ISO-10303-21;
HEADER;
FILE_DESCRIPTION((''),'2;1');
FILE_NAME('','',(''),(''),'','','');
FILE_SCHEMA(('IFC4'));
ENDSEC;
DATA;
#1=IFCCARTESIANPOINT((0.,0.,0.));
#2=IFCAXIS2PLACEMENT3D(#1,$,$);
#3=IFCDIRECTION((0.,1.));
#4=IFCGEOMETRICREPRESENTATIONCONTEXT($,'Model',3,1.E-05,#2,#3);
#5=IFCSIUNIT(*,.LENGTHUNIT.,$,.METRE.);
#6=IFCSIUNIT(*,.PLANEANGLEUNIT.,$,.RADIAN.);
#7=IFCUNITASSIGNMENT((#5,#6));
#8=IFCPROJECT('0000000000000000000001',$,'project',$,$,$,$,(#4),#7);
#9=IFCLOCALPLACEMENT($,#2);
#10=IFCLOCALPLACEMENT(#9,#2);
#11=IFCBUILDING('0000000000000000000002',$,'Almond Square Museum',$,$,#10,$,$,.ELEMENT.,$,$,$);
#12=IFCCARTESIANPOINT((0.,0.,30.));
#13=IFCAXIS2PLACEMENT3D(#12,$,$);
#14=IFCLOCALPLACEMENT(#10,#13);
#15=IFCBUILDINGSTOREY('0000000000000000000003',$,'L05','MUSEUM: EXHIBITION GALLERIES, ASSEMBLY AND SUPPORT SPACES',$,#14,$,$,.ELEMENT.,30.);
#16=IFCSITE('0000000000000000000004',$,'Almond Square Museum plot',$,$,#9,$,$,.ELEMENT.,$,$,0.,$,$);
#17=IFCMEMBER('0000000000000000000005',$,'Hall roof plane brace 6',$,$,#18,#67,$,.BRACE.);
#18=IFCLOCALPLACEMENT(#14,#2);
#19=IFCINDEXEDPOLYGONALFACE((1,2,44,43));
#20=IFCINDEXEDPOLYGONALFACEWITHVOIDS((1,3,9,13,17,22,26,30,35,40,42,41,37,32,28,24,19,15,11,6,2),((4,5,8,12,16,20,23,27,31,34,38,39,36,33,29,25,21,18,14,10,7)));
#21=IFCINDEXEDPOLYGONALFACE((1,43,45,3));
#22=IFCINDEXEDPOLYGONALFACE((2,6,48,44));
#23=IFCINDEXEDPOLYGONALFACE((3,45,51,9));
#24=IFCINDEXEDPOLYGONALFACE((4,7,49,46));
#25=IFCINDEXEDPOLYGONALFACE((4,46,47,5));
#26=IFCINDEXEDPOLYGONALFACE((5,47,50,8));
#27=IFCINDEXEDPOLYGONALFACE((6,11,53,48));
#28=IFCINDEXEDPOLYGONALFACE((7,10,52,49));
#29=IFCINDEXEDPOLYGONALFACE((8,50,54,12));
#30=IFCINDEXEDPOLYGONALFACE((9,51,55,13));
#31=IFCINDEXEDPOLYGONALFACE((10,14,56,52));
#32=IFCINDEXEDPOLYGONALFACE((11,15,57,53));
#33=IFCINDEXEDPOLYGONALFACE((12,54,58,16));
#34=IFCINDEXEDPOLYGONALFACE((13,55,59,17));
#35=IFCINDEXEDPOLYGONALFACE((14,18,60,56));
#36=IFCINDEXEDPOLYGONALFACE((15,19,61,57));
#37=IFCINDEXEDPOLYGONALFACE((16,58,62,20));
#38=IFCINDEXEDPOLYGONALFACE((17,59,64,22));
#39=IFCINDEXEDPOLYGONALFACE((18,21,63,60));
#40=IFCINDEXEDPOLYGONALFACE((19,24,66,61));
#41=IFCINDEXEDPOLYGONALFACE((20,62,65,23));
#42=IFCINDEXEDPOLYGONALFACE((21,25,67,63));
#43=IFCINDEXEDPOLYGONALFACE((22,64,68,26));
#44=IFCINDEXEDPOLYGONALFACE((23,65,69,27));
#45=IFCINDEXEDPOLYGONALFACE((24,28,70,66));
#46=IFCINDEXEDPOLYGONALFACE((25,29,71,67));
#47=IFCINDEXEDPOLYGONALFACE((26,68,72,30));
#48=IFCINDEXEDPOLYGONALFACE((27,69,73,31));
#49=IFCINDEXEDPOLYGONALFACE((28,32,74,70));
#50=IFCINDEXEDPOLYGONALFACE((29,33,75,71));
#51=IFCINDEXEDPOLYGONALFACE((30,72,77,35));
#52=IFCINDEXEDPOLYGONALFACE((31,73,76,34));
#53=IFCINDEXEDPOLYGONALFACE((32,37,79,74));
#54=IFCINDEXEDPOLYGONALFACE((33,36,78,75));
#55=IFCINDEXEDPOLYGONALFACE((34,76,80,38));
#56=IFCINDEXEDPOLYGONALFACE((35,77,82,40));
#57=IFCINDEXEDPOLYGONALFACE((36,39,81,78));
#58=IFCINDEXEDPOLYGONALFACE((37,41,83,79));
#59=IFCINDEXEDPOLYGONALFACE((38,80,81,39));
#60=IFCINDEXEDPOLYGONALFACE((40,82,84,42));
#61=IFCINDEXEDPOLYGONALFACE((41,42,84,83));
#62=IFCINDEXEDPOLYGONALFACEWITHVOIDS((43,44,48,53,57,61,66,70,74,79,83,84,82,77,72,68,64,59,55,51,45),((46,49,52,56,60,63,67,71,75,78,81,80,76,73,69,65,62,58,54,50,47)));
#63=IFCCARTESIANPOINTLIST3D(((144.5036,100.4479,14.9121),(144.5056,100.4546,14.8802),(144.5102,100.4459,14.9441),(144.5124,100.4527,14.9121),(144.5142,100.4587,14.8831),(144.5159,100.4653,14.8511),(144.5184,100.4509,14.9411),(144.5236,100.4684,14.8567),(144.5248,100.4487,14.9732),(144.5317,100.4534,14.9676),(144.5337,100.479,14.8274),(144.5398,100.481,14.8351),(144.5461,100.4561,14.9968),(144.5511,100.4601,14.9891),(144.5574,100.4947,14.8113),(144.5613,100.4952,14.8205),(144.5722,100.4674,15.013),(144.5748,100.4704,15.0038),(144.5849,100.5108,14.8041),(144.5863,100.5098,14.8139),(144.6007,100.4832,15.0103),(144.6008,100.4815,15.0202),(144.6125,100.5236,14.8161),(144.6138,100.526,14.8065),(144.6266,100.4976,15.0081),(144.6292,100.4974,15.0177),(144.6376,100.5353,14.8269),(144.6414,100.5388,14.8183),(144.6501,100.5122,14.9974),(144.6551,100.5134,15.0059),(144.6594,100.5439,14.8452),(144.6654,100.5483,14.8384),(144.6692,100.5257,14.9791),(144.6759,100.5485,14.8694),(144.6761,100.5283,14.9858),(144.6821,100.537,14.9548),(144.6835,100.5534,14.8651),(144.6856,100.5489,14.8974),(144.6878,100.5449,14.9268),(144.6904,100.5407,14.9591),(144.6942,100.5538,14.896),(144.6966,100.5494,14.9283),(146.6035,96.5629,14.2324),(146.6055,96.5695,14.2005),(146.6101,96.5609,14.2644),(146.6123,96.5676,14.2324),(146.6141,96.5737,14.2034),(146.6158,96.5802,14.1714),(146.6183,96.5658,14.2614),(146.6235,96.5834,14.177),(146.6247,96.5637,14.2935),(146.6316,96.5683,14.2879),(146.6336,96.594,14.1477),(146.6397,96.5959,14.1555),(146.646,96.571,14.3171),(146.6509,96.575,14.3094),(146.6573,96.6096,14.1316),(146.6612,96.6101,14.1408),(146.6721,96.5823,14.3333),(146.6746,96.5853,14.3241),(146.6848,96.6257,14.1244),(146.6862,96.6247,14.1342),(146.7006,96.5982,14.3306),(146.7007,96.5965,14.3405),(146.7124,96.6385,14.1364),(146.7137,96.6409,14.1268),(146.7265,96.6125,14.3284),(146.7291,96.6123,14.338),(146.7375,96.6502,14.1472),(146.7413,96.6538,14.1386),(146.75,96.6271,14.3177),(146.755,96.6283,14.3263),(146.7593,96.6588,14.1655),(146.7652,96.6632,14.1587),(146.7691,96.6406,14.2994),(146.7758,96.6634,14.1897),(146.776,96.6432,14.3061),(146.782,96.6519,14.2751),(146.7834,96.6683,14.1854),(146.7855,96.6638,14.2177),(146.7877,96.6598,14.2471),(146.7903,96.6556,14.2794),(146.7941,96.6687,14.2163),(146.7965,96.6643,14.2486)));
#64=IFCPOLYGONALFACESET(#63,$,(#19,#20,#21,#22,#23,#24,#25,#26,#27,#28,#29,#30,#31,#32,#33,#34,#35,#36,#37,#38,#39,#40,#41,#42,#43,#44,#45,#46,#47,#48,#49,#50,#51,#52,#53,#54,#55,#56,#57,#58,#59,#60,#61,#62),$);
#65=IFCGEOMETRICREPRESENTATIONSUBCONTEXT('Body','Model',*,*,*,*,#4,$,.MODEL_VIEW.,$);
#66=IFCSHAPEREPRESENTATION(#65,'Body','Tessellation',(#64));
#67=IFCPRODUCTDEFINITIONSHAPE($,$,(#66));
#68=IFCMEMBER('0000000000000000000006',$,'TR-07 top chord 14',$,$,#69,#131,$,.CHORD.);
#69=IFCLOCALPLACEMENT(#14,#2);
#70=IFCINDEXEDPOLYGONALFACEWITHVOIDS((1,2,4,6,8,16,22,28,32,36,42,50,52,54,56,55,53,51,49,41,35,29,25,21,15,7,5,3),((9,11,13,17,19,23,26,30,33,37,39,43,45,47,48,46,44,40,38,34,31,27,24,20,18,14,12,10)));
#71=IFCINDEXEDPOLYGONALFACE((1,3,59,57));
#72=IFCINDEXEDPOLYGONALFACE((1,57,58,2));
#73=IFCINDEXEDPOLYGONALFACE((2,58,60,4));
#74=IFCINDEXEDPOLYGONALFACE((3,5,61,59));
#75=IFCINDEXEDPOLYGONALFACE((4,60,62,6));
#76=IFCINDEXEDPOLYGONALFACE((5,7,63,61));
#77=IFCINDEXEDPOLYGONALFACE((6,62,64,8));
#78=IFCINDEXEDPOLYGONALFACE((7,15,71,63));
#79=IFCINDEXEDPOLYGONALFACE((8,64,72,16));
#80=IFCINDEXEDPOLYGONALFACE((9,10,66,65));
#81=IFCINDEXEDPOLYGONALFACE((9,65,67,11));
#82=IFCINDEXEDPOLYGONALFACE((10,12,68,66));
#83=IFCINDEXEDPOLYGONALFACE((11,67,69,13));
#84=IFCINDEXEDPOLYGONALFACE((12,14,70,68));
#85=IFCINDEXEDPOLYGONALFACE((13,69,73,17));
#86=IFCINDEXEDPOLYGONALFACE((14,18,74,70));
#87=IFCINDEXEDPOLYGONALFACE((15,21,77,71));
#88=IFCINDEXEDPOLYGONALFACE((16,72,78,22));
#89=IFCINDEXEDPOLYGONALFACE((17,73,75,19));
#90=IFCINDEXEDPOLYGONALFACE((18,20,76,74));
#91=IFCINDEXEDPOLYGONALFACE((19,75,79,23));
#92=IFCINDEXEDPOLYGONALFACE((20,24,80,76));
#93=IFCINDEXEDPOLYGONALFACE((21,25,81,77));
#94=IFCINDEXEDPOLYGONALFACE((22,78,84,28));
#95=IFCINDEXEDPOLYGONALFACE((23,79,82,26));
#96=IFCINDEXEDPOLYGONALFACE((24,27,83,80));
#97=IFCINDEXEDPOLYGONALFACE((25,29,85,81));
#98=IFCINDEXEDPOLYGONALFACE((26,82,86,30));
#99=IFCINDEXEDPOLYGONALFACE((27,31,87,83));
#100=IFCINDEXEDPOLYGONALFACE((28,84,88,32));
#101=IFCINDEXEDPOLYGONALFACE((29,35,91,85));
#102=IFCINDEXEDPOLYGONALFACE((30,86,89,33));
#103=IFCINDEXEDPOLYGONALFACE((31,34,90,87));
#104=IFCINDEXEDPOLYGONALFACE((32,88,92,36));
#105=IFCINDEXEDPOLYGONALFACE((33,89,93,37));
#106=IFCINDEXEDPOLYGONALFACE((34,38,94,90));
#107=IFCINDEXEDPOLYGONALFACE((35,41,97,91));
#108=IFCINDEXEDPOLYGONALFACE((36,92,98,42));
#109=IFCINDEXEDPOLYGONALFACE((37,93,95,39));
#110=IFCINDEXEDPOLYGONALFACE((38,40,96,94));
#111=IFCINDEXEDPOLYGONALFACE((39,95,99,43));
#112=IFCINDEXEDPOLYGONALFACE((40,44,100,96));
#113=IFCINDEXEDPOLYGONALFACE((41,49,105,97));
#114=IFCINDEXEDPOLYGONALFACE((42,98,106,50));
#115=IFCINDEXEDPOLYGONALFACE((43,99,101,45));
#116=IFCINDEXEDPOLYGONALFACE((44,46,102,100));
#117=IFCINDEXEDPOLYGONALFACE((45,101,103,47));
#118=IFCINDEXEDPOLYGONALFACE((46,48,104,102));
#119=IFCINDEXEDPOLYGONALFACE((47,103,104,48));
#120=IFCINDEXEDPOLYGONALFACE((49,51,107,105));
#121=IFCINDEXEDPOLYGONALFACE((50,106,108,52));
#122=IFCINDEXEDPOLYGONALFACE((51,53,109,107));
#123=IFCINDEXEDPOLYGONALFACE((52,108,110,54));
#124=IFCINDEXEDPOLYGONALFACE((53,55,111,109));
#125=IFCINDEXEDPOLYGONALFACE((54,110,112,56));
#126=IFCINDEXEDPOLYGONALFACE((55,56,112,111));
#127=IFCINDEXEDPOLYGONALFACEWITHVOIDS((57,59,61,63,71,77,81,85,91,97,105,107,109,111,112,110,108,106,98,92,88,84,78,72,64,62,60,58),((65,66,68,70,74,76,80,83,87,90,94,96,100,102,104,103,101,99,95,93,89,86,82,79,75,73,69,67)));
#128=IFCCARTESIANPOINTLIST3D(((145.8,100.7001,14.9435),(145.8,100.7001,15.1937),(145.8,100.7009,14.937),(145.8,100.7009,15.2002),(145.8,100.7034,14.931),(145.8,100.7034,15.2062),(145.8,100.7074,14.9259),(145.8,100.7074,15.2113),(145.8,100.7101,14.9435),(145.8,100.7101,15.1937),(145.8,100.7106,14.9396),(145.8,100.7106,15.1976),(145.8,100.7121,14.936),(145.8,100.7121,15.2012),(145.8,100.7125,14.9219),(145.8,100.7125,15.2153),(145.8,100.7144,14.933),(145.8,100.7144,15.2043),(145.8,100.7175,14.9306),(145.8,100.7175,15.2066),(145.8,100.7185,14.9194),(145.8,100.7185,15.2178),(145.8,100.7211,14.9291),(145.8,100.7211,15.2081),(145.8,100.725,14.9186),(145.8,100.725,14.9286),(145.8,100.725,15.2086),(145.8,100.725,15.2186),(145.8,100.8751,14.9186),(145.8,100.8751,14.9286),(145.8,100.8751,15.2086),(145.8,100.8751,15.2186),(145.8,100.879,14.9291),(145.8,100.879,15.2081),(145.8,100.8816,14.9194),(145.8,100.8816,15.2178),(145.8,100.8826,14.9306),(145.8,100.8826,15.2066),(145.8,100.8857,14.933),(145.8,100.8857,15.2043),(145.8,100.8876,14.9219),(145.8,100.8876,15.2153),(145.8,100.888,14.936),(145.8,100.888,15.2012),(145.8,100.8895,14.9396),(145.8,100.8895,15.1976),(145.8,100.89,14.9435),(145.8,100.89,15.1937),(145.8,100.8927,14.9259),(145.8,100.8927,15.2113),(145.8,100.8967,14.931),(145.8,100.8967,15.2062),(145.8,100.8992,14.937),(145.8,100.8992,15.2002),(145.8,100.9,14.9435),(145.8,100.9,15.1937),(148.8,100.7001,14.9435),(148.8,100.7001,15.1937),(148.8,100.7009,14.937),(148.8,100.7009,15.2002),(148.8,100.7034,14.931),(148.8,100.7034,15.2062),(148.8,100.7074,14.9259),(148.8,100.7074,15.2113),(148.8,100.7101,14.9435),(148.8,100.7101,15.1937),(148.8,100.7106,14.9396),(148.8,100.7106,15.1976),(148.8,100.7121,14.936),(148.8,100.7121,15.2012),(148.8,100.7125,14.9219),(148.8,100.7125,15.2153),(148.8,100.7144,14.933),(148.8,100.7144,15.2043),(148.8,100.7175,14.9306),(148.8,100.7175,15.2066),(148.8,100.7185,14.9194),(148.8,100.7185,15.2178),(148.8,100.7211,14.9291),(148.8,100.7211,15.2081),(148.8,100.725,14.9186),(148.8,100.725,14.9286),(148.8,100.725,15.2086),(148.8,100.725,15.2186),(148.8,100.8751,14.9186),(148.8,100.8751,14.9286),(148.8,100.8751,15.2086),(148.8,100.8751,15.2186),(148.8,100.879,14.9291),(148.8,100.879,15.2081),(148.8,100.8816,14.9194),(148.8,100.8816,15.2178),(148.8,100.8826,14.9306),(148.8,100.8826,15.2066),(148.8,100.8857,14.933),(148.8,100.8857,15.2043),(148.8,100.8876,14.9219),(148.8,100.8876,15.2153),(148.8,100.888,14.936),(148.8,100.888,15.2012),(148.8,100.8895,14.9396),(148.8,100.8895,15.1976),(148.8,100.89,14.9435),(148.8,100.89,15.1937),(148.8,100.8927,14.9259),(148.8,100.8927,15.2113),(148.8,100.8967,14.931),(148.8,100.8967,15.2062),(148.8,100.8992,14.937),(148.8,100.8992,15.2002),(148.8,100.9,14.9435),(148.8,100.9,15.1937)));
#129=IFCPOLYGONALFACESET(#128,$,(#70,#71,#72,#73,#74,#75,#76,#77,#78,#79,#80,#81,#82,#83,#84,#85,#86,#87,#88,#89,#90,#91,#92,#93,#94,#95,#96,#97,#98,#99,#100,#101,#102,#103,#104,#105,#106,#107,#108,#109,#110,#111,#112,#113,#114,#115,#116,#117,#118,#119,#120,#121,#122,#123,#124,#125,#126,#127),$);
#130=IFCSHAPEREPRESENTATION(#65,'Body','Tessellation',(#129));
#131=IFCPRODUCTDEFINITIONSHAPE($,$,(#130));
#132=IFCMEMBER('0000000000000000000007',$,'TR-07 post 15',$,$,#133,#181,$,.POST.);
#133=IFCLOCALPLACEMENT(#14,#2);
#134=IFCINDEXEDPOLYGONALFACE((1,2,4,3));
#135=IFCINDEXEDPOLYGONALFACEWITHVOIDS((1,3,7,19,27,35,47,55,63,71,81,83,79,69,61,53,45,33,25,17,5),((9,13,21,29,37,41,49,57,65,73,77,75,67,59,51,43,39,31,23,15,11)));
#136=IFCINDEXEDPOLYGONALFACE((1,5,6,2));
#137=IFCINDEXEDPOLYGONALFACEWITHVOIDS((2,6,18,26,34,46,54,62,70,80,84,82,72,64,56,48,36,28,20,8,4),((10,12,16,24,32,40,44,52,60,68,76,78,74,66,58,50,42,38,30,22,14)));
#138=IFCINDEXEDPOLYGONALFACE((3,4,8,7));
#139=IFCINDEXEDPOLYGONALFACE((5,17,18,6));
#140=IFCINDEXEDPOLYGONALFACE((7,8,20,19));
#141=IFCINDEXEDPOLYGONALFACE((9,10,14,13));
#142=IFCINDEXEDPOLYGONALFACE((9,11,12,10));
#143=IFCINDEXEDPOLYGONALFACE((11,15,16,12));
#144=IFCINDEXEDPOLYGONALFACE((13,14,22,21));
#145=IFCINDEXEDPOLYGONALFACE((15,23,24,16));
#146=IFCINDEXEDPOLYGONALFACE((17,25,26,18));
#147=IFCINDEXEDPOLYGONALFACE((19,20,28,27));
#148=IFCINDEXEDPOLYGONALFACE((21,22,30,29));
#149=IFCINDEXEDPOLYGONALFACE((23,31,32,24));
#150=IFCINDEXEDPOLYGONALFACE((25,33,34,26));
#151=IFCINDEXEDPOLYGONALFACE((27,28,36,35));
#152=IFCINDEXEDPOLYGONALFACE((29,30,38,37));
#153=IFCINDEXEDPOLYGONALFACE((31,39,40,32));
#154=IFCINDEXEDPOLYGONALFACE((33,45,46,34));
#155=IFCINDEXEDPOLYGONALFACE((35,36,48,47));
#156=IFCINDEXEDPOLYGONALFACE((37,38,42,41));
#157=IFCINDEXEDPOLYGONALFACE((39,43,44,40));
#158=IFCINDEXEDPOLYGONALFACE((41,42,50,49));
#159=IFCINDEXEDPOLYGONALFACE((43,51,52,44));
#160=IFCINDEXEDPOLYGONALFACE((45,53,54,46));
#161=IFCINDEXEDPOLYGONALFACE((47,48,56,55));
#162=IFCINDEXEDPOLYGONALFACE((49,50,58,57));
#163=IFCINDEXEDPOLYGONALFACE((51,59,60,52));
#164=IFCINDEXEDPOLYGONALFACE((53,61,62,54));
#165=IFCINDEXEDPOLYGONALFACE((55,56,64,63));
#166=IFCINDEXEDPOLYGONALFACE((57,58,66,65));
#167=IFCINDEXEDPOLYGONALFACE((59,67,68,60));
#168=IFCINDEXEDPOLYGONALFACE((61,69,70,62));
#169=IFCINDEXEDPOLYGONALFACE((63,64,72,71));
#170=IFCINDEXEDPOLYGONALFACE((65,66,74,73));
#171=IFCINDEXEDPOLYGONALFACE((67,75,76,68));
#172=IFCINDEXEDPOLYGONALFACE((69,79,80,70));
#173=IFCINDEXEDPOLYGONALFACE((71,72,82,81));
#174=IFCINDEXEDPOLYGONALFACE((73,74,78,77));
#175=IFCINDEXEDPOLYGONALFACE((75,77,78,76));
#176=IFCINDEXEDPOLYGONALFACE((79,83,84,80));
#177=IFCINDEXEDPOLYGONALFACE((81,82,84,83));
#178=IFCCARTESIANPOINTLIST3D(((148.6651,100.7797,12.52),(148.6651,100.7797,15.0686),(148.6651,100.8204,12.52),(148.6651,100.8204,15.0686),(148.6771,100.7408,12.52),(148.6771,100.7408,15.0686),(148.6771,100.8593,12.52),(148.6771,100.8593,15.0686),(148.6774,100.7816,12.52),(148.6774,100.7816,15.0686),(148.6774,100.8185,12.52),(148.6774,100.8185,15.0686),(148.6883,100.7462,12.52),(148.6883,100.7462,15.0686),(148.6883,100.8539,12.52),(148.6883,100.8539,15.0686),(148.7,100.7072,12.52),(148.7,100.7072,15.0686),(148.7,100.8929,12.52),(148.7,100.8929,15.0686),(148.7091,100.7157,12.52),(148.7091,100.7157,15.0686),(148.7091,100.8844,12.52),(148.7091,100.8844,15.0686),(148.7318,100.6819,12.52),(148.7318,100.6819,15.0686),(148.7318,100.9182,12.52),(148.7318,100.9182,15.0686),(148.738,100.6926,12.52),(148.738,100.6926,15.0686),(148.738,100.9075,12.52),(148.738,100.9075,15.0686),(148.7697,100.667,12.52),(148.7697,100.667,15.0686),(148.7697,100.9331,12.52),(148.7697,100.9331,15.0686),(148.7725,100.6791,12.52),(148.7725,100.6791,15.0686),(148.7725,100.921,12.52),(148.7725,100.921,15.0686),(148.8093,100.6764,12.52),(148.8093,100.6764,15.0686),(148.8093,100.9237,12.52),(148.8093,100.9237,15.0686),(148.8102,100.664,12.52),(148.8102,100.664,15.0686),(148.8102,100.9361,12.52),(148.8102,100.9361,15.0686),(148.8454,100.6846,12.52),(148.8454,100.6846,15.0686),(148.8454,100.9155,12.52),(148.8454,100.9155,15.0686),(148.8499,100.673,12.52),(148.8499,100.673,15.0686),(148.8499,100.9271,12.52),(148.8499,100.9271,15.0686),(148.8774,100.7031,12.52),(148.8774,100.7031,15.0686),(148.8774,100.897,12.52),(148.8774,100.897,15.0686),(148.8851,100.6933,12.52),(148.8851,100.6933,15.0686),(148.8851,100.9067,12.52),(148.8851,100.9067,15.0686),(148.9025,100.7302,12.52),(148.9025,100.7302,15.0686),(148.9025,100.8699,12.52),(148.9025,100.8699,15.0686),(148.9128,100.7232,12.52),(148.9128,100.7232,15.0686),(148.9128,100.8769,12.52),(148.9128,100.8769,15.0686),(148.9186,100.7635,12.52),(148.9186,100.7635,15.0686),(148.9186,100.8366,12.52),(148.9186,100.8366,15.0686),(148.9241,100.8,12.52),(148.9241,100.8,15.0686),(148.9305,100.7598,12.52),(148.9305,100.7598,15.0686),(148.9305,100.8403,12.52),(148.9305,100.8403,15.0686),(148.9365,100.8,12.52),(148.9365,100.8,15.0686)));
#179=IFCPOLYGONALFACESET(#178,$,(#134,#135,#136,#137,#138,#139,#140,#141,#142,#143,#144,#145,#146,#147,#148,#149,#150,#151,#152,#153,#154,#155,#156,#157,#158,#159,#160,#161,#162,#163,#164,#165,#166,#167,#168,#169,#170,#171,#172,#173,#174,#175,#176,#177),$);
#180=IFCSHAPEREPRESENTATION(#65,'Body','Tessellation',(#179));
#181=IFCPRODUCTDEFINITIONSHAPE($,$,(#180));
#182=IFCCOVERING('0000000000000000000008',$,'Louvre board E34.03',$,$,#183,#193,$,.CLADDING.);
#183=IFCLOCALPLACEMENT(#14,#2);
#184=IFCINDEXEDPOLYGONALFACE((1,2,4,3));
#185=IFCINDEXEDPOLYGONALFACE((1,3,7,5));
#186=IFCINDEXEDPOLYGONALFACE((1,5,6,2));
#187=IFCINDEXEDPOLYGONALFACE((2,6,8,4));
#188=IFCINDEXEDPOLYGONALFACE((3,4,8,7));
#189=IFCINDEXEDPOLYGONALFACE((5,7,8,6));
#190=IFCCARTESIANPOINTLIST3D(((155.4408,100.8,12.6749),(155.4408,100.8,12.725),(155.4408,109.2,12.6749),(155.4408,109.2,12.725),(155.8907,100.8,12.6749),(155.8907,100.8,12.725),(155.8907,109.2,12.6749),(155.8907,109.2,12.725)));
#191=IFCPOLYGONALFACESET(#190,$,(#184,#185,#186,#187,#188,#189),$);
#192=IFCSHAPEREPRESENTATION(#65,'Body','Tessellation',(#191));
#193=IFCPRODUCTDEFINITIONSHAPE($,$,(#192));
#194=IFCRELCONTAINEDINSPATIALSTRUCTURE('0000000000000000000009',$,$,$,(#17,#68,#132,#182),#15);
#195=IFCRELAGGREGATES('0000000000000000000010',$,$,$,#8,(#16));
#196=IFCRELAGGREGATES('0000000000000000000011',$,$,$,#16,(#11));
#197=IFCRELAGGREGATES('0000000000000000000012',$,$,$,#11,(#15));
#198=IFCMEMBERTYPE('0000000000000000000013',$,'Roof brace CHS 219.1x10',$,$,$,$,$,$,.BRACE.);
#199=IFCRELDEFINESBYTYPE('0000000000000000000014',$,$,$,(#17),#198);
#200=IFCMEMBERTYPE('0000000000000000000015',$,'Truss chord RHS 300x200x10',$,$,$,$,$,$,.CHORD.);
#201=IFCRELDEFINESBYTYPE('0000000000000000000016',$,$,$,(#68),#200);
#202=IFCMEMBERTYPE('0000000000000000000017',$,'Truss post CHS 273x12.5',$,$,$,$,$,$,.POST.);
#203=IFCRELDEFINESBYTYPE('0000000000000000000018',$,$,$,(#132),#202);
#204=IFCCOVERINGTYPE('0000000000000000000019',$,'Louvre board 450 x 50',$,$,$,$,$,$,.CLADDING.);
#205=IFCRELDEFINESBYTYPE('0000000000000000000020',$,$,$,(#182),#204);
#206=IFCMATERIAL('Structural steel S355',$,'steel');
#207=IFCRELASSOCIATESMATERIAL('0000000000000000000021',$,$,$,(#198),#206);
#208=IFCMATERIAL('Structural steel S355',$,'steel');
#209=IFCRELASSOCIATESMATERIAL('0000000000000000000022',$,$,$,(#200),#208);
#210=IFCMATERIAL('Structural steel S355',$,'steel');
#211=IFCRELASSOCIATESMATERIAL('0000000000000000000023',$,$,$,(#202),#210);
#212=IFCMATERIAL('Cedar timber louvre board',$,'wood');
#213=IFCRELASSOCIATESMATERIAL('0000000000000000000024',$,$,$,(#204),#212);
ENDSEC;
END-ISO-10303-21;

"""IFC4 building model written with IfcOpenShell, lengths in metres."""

from ifc_helpers import new_model, si_unit, direction, frame, origin, origin_2d, place, context, subcontext, project, spatial, rectangle, hollow_rectangle, hollow_circle, extrude, material, material_profile, profile_set, type_object, element, save


model = new_model("IFC4")

# Units and contexts
model_context = context("Model", 3, precision=1e-05, world=origin(), true_north=direction((0.0, 1.0)))
body_context = subcontext(model_context, "Body", "Model", "MODEL_VIEW")
ifc_project = project(units=[si_unit("LENGTHUNIT", "METRE"), si_unit("PLANEANGLEUNIT", "RADIAN")], contexts=[model_context])

# Site, building, storey
site_placement = place(None, origin())
site = spatial("IfcSite", under=ifc_project, at=site_placement, Name="Almond Square Museum plot", CompositionType="ELEMENT", RefElevation=0.0)
building_placement = place(site_placement, origin())
building = spatial("IfcBuilding", under=site, at=building_placement, Name="Almond Square Museum", CompositionType="ELEMENT")
storey_placement = place(building_placement, frame((0.0, 0.0, 30.0)))
storey = spatial("IfcBuildingStorey", under=building, at=storey_placement, Name="L05", Description="MUSEUM: EXHIBITION GALLERIES, ASSEMBLY AND SUPPORT SPACES", CompositionType="ELEMENT", Elevation=30.0)

# Members
ifc_material_1 = material(Name="Structural steel S355", Category="steel")
ifc_material_profile_1 = material_profile(ifc_material_1, hollow_circle(Radius=0.1096, WallThickness=0.01, at=origin_2d()))
ifc_profile_set_1 = profile_set([ifc_material_profile_1], Name="Structural steel S355")
member_type_1 = type_object("IfcMemberType", Name="Roof brace CHS 219.1x10", PredefinedType="BRACE", material=ifc_profile_set_1)
for number, where, z_axis, x_axis, name in (
    (1, (146.7, 96.615, 14.2324), (-0.469957, 0.869483, 0.152117), (-0.879721, -0.47549, 0.0), "Hall roof plane brace 6"),
):
    element("IfcMember", number, at=place(storey_placement, frame(where, z_axis=z_axis, x_axis=x_axis)), inside=storey, type_object=member_type_1, Name=name, PredefinedType="BRACE", context=body_context, shape_type="SweptSolid", body=[
        extrude(hollow_circle(Radius=0.1096, WallThickness=0.01, at=origin_2d()), origin(), (0.0, 0.0, 1.0), 4.4683),
    ])
ifc_material_2 = material(Name="Structural steel S355", Category="steel")
ifc_material_profile_2 = material_profile(ifc_material_2, hollow_rectangle(XDim=0.2, YDim=0.3, WallThickness=0.01, InnerFilletRadius=0.0149, OuterFilletRadius=0.0249, at=origin_2d()))
ifc_profile_set_2 = profile_set([ifc_material_profile_2], Name="Structural steel S355")
member_type_2 = type_object("IfcMemberType", Name="Truss chord RHS 300x200x10", PredefinedType="CHORD", material=ifc_profile_set_2)
member_1_placement = place(storey_placement, frame((145.8, 100.8, 15.0686), z_axis=(1.0, 0.0, 0.0), x_axis=(0.0, 1.0, 0.0)))
element("IfcMember", 2, at=member_1_placement, inside=storey, type_object=member_type_2, Name="TR-07 top chord 14", PredefinedType="CHORD", context=body_context, shape_type="SweptSolid", body=[
    extrude(hollow_rectangle(XDim=0.2, YDim=0.3, WallThickness=0.01, InnerFilletRadius=0.0149, OuterFilletRadius=0.0249, at=origin_2d()), origin(), (0.0, 0.0, 1.0), 3.0),
])
ifc_material_3 = material(Name="Structural steel S355", Category="steel")
ifc_material_profile_3 = material_profile(ifc_material_3, hollow_circle(Radius=0.1365, WallThickness=0.0125, at=origin_2d()))
ifc_profile_set_3 = profile_set([ifc_material_profile_3], Name="Structural steel S355")
member_type_3 = type_object("IfcMemberType", Name="Truss post CHS 273x12.5", PredefinedType="POST", material=ifc_profile_set_3)
member_2_placement = place(storey_placement, frame((148.8, 100.8, 12.52), z_axis=(0.0, 0.0, 1.0), x_axis=(1.0, 0.0, 0.0)))
element("IfcMember", 3, at=member_2_placement, inside=storey, type_object=member_type_3, Name="TR-07 post 15", PredefinedType="POST", context=body_context, shape_type="SweptSolid", body=[
    extrude(hollow_circle(Radius=0.1365, WallThickness=0.0125, at=origin_2d()), origin(), (0.0, 0.0, 1.0), 2.5486),
])

# Covering
ifc_material_4 = material(Name="Cedar timber louvre board", Category="wood")
ifc_material_profile_4 = material_profile(ifc_material_4, rectangle(XDim=0.45, YDim=0.05, at=origin_2d()))
ifc_profile_set_4 = profile_set([ifc_material_profile_4], Name="Cedar timber louvre board")
covering_type_1 = type_object("IfcCoveringType", Name="Louvre board 450 x 50", PredefinedType="CLADDING", material=ifc_profile_set_4)
for number, where, z_axis, x_axis, name in (
    (4, (155.6658, 100.8, 12.7), (0.0, 1.0, 0.0), (-1.0, 0.0, 0.0), "Louvre board E34.03"),
):
    element("IfcCovering", number, at=place(storey_placement, frame(where, z_axis=z_axis, x_axis=x_axis)), inside=storey, type_object=covering_type_1, Name=name, PredefinedType="CLADDING", context=body_context, shape_type="SweptSolid", body=[
        extrude(rectangle(XDim=0.45, YDim=0.05, at=origin_2d()), origin(), (0.0, 0.0, 1.0), 8.3999),
    ])

save(model, "model.ifc")
